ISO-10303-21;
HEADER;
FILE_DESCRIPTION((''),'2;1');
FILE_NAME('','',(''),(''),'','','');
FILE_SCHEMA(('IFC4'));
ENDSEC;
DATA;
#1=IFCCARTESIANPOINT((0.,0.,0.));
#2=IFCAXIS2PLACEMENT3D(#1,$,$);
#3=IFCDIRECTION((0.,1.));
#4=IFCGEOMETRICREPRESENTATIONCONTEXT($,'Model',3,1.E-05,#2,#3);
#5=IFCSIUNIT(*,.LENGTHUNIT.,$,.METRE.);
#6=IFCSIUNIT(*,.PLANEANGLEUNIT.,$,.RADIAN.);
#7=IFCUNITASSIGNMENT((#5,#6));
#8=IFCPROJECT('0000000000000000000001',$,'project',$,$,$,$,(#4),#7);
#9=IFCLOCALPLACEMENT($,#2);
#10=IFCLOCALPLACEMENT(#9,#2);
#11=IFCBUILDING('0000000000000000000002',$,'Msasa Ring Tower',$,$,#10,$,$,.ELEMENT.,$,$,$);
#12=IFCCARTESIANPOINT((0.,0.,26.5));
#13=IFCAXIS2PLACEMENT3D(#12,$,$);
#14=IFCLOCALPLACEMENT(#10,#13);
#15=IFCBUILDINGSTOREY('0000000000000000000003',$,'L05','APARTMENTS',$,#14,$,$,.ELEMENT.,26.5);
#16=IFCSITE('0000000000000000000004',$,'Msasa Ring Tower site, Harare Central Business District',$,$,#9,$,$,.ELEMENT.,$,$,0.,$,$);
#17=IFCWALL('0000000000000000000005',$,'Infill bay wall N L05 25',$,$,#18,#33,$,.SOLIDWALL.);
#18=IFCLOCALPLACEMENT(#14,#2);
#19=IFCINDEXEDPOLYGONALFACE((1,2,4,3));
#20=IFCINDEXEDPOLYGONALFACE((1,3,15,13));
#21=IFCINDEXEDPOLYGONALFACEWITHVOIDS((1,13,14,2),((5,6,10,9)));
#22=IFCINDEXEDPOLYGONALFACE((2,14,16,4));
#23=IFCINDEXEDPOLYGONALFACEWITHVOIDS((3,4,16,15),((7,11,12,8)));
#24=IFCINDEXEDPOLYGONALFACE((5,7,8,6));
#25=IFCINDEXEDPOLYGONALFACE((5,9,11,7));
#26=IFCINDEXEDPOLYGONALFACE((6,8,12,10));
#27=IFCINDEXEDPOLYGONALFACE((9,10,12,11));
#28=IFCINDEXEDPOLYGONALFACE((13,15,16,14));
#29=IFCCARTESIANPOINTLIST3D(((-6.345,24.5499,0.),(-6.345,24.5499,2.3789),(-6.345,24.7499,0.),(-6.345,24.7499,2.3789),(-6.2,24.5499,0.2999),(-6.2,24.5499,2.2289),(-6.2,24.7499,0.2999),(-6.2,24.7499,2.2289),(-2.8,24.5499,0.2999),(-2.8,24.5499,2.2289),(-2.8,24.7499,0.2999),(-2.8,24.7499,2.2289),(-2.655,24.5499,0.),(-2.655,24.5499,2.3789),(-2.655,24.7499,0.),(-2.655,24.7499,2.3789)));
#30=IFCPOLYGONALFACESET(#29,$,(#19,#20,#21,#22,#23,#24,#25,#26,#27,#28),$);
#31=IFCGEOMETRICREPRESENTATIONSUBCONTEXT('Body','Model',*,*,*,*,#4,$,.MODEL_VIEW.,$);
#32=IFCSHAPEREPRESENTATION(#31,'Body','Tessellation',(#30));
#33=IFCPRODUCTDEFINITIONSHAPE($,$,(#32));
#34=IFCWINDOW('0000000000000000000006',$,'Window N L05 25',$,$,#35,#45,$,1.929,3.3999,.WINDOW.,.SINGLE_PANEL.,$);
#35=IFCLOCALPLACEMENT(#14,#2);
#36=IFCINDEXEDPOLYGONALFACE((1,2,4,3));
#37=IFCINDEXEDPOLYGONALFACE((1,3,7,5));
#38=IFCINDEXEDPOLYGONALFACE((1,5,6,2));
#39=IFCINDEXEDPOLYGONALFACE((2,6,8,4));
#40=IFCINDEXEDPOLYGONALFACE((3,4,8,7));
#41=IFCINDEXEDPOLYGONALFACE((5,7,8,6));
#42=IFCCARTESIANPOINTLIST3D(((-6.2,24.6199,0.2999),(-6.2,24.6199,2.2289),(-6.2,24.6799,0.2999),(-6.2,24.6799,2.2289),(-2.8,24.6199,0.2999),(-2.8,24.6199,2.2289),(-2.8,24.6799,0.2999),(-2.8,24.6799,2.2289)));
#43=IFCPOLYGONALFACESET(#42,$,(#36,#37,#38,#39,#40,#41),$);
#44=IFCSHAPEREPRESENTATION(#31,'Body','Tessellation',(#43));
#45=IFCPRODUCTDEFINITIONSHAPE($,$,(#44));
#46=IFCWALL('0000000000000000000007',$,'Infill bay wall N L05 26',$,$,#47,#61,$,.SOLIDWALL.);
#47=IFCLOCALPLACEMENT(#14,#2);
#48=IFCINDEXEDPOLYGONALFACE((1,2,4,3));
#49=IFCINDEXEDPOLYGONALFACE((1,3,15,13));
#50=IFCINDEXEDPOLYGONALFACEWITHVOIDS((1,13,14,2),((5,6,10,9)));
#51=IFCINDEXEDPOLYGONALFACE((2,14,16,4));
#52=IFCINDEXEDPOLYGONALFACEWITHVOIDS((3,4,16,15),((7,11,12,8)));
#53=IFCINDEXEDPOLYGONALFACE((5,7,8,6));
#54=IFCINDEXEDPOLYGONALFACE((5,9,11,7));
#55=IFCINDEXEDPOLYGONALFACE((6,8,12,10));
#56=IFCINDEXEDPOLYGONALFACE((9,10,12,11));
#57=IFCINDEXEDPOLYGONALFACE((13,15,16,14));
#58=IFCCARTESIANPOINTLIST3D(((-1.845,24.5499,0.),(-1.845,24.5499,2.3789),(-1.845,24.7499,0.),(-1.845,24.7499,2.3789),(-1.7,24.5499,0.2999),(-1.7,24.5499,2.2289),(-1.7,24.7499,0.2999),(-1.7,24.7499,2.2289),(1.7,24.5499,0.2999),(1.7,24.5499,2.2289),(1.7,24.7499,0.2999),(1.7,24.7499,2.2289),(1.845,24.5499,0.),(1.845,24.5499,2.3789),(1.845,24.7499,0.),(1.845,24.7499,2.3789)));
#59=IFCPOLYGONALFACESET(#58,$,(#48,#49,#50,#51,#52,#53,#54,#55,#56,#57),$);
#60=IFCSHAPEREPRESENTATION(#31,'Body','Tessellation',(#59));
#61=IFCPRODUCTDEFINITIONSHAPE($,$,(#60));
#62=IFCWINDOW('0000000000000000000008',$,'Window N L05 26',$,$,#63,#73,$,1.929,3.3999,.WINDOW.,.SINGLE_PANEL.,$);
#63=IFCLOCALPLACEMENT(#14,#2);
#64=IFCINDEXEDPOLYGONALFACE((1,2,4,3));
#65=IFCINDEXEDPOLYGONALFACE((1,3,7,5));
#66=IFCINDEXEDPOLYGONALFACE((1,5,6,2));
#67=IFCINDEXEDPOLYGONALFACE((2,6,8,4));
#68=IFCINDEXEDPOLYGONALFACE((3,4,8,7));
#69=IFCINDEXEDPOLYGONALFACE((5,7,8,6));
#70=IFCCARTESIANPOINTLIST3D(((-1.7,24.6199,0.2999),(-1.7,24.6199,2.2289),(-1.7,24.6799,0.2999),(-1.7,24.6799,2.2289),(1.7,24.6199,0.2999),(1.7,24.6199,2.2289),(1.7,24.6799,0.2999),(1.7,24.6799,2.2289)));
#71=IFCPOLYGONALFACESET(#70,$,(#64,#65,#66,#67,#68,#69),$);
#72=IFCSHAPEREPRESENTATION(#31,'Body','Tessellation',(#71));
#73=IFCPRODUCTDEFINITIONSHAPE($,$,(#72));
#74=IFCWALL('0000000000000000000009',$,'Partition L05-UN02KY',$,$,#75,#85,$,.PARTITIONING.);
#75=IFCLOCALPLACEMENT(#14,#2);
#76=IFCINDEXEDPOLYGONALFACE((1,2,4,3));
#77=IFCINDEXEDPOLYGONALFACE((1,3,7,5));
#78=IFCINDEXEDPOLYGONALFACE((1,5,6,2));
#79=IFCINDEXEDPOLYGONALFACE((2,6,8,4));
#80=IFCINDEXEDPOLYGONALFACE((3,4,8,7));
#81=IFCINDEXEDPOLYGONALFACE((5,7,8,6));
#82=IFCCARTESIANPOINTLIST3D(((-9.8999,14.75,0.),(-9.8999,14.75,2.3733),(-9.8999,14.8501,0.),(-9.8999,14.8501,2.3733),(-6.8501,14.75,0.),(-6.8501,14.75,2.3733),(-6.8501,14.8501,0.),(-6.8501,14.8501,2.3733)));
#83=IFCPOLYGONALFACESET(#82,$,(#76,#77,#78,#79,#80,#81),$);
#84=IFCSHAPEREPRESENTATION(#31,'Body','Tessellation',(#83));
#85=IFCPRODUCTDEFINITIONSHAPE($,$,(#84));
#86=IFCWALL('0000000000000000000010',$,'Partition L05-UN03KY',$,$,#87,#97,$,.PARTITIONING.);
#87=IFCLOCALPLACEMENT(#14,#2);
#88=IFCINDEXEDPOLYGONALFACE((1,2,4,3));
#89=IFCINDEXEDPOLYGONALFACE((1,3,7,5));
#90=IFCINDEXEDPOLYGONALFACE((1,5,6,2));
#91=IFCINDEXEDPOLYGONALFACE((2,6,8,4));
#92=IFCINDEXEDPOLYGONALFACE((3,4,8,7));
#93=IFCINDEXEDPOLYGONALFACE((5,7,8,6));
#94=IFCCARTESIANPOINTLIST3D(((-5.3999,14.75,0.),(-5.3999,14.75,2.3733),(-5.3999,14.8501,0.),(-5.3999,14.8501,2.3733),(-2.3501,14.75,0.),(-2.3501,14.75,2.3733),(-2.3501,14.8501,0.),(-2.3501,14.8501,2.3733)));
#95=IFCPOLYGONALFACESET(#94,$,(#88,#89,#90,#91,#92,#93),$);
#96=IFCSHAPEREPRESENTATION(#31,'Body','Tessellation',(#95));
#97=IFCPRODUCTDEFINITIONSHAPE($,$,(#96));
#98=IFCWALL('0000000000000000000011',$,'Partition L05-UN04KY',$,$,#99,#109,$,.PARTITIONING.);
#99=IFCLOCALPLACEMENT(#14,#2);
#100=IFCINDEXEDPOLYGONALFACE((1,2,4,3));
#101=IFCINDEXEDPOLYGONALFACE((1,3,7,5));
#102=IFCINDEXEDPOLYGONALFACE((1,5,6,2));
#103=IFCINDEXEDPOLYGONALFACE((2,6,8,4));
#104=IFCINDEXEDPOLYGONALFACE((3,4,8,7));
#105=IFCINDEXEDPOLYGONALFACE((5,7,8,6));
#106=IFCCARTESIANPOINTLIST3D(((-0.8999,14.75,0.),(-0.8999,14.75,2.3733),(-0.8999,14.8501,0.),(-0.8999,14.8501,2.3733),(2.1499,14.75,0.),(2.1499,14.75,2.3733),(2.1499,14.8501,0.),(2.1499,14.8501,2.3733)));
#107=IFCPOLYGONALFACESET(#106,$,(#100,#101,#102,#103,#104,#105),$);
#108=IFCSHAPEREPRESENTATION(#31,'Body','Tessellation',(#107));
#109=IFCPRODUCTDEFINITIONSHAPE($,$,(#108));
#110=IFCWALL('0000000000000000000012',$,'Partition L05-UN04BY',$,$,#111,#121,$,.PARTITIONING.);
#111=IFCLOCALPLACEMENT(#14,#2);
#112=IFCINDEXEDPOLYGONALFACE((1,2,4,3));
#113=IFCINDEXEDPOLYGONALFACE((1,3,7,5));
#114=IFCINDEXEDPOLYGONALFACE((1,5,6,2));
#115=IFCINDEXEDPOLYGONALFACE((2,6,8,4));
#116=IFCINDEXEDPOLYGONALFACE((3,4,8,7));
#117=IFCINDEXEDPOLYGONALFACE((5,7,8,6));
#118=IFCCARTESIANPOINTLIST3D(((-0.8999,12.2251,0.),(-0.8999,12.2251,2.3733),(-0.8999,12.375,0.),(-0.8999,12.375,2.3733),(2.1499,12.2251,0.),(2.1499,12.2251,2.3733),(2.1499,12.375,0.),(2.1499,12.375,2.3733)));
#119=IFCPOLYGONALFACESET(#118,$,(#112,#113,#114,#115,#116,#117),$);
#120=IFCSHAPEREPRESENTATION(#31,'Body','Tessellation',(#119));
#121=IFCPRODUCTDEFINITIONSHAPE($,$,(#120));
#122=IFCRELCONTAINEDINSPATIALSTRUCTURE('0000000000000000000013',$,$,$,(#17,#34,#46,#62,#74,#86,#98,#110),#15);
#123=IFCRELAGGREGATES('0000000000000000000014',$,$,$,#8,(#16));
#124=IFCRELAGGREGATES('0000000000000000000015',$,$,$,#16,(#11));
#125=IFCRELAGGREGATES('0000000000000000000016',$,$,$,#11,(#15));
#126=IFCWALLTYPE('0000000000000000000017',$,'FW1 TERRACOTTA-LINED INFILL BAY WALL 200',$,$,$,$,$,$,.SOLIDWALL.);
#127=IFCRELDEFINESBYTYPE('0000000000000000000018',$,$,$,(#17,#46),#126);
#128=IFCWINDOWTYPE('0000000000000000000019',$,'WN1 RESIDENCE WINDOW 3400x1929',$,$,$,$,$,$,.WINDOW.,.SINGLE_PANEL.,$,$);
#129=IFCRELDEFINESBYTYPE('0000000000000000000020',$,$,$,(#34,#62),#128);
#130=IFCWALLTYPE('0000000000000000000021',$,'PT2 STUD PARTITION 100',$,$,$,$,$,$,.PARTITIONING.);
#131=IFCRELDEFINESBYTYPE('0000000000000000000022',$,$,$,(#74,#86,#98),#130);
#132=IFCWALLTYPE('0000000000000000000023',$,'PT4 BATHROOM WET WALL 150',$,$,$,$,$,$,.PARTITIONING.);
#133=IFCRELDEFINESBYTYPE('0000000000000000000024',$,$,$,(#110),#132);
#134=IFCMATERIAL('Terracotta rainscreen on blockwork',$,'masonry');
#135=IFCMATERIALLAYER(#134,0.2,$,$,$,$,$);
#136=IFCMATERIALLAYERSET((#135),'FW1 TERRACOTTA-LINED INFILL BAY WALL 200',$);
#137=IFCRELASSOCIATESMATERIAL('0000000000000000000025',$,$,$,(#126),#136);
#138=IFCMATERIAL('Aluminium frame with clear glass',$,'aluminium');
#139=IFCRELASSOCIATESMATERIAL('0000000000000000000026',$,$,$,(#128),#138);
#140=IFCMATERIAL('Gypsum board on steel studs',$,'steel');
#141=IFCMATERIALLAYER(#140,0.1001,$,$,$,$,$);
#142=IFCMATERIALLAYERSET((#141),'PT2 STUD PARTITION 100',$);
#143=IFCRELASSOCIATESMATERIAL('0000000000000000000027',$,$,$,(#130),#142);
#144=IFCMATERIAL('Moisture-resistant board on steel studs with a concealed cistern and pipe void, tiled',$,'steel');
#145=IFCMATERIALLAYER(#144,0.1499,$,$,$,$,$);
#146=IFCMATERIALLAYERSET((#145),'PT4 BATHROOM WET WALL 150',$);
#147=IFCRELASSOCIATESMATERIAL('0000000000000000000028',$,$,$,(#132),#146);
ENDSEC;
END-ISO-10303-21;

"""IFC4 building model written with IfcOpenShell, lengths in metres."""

from ifc_helpers import new_model, si_unit, direction, frame, frame_2d, origin, place, context, subcontext, project, spatial, rectangle, extrude, material, layer, layer_set, type_object, element, fill, save


model = new_model("IFC4")

# Units and contexts
model_context = context("Model", 3, precision=1e-05, world=origin(), true_north=direction((0.0, 1.0)))
body_context = subcontext(model_context, "Body", "Model", "MODEL_VIEW")
ifc_project = project(units=[si_unit("LENGTHUNIT", "METRE"), si_unit("PLANEANGLEUNIT", "RADIAN")], contexts=[model_context])

# Site, building, storey
site_placement = place(None, origin())
site = spatial("IfcSite", under=ifc_project, at=site_placement, Name="Msasa Ring Tower site, Harare Central Business District", CompositionType="ELEMENT", RefElevation=0.0)
building_placement = place(site_placement, origin())
building = spatial("IfcBuilding", under=site, at=building_placement, Name="Msasa Ring Tower", CompositionType="ELEMENT")
storey_placement = place(building_placement, frame((0.0, 0.0, 26.5)))
storey = spatial("IfcBuildingStorey", under=building, at=storey_placement, Name="L05", Description="APARTMENTS", CompositionType="ELEMENT", Elevation=26.5)

# Walls, openings, windows
ifc_material_1 = material(Name="Terracotta rainscreen on blockwork", Category="masonry")
ifc_layer_1 = layer(ifc_material_1, 0.2)
ifc_layer_set_1 = layer_set([ifc_layer_1], Name="FW1 TERRACOTTA-LINED INFILL BAY WALL 200")
wall_type_1 = type_object("IfcWallType", Name="FW1 TERRACOTTA-LINED INFILL BAY WALL 200", PredefinedType="SOLIDWALL", material=ifc_layer_set_1)
ifc_material_2 = material(Name="Aluminium frame with clear glass", Category="aluminium")
window_type = type_object("IfcWindowType", Name="WN1 RESIDENCE WINDOW 3400x1929", PartitioningType="SINGLE_PANEL", PredefinedType="WINDOW", material=ifc_material_2)
wall_1_placement = place(storey_placement, frame((-6.345, 24.6499, 0.0), z_axis=(0.0, 0.0, 1.0), x_axis=(1.0, 0.0, 0.0)))
wall_1 = element("IfcWall", 1, at=wall_1_placement, inside=storey, type_object=wall_type_1, Name="Infill bay wall N L05 25", PredefinedType="SOLIDWALL", context=body_context, shape_type="SweptSolid", body=[
    extrude(rectangle(XDim=3.6899, YDim=0.2, at=frame_2d((1.845, 0.0))), origin(), (0.0, 0.0, 1.0), 2.3789),
])
opening_1_placement = place(wall_1_placement, frame((0.145, 0.0, 0.3)))
opening_1 = element("IfcOpeningElement", 2, at=opening_1_placement, cuts=wall_1, PredefinedType="OPENING", context=body_context, shape_type="SweptSolid", body=[
    extrude(rectangle(XDim=3.3999, YDim=1.929, at=frame_2d((1.7, 0.9644))), frame((0.0, 0.1099, 0.0), z_axis=(0.0, -1.0, 0.0), x_axis=(1.0, 0.0, 0.0)), (0.0, 0.0, 1.0), 0.22),
])
window_1_placement = place(opening_1_placement, origin())
window_1 = element("IfcWindow", 3, at=window_1_placement, inside=storey, type_object=window_type, Name="Window N L05 25", OverallHeight=1.929, OverallWidth=3.3999, PartitioningType="SINGLE_PANEL", PredefinedType="WINDOW", context=body_context, shape_type="SweptSolid", body=[
    extrude(rectangle(XDim=3.3999, YDim=1.929, at=frame_2d((1.7, 0.9644))), frame((0.0, 0.03, 0.0), z_axis=(0.0, -1.0, 0.0), x_axis=(1.0, 0.0, 0.0)), (0.0, 0.0, 1.0), 0.0601),
])
fill(opening_1, window_1)
wall_2_placement = place(storey_placement, frame((-1.845, 24.6499, 0.0), z_axis=(0.0, 0.0, 1.0), x_axis=(1.0, 0.0, 0.0)))
wall_2 = element("IfcWall", 4, at=wall_2_placement, inside=storey, type_object=wall_type_1, Name="Infill bay wall N L05 26", PredefinedType="SOLIDWALL", context=body_context, shape_type="SweptSolid", body=[
    extrude(rectangle(XDim=3.6899, YDim=0.2, at=frame_2d((1.845, 0.0))), origin(), (0.0, 0.0, 1.0), 2.3789),
])
opening_2_placement = place(wall_2_placement, frame((0.145, 0.0, 0.3)))
opening_2 = element("IfcOpeningElement", 5, at=opening_2_placement, cuts=wall_2, PredefinedType="OPENING", context=body_context, shape_type="SweptSolid", body=[
    extrude(rectangle(XDim=3.3999, YDim=1.929, at=frame_2d((1.7, 0.9644))), frame((0.0, 0.1099, 0.0), z_axis=(0.0, -1.0, 0.0), x_axis=(1.0, 0.0, 0.0)), (0.0, 0.0, 1.0), 0.22),
])
window_2_placement = place(opening_2_placement, origin())
window_2 = element("IfcWindow", 6, at=window_2_placement, inside=storey, type_object=window_type, Name="Window N L05 26", OverallHeight=1.929, OverallWidth=3.3999, PartitioningType="SINGLE_PANEL", PredefinedType="WINDOW", context=body_context, shape_type="SweptSolid", body=[
    extrude(rectangle(XDim=3.3999, YDim=1.929, at=frame_2d((1.7, 0.9644))), frame((0.0, 0.03, 0.0), z_axis=(0.0, -1.0, 0.0), x_axis=(1.0, 0.0, 0.0)), (0.0, 0.0, 1.0), 0.0601),
])
fill(opening_2, window_2)

# Walls
ifc_material_3 = material(Name="Gypsum board on steel studs", Category="steel")
ifc_layer_2 = layer(ifc_material_3, 0.1001)
ifc_layer_set_2 = layer_set([ifc_layer_2], Name="PT2 STUD PARTITION 100")
wall_type_2 = type_object("IfcWallType", Name="PT2 STUD PARTITION 100", PredefinedType="PARTITIONING", material=ifc_layer_set_2)
for number, where, z_axis, x_axis, name in (
    (7, (-9.8999, 14.8, 0.0), (0.0, 0.0, 1.0), (1.0, 0.0, 0.0), "Partition L05-UN02KY"),
    (8, (-5.3999, 14.8, 0.0), (0.0, 0.0, 1.0), (1.0, 0.0, 0.0), "Partition L05-UN03KY"),
    (9, (-0.8999, 14.8, 0.0), (0.0, 0.0, 1.0), (1.0, 0.0, 0.0), "Partition L05-UN04KY"),
):
    element("IfcWall", number, at=place(storey_placement, frame(where, z_axis=z_axis, x_axis=x_axis)), inside=storey, type_object=wall_type_2, Name=name, PredefinedType="PARTITIONING", context=body_context, shape_type="SweptSolid", body=[
        extrude(rectangle(XDim=3.0498, YDim=0.1001, at=frame_2d((1.5249, 0.0))), origin(), (0.0, 0.0, 1.0), 2.3733),
    ])
ifc_material_4 = material(Name="Moisture-resistant board on steel studs with a concealed cistern and pipe void, tiled", Category="steel")
ifc_layer_3 = layer(ifc_material_4, 0.1499)
ifc_layer_set_3 = layer_set([ifc_layer_3], Name="PT4 BATHROOM WET WALL 150")
wall_type_3 = type_object("IfcWallType", Name="PT4 BATHROOM WET WALL 150", PredefinedType="PARTITIONING", material=ifc_layer_set_3)
wall_3_placement = place(storey_placement, frame((-0.8999, 12.3, 0.0), z_axis=(0.0, 0.0, 1.0), x_axis=(1.0, 0.0, 0.0)))
element("IfcWall", 10, at=wall_3_placement, inside=storey, type_object=wall_type_3, Name="Partition L05-UN04BY", PredefinedType="PARTITIONING", context=body_context, shape_type="SweptSolid", body=[
    extrude(rectangle(XDim=3.0498, YDim=0.1499, at=frame_2d((1.5249, 0.0))), origin(), (0.0, 0.0, 1.0), 2.3733),
])

save(model, "model.ifc")
